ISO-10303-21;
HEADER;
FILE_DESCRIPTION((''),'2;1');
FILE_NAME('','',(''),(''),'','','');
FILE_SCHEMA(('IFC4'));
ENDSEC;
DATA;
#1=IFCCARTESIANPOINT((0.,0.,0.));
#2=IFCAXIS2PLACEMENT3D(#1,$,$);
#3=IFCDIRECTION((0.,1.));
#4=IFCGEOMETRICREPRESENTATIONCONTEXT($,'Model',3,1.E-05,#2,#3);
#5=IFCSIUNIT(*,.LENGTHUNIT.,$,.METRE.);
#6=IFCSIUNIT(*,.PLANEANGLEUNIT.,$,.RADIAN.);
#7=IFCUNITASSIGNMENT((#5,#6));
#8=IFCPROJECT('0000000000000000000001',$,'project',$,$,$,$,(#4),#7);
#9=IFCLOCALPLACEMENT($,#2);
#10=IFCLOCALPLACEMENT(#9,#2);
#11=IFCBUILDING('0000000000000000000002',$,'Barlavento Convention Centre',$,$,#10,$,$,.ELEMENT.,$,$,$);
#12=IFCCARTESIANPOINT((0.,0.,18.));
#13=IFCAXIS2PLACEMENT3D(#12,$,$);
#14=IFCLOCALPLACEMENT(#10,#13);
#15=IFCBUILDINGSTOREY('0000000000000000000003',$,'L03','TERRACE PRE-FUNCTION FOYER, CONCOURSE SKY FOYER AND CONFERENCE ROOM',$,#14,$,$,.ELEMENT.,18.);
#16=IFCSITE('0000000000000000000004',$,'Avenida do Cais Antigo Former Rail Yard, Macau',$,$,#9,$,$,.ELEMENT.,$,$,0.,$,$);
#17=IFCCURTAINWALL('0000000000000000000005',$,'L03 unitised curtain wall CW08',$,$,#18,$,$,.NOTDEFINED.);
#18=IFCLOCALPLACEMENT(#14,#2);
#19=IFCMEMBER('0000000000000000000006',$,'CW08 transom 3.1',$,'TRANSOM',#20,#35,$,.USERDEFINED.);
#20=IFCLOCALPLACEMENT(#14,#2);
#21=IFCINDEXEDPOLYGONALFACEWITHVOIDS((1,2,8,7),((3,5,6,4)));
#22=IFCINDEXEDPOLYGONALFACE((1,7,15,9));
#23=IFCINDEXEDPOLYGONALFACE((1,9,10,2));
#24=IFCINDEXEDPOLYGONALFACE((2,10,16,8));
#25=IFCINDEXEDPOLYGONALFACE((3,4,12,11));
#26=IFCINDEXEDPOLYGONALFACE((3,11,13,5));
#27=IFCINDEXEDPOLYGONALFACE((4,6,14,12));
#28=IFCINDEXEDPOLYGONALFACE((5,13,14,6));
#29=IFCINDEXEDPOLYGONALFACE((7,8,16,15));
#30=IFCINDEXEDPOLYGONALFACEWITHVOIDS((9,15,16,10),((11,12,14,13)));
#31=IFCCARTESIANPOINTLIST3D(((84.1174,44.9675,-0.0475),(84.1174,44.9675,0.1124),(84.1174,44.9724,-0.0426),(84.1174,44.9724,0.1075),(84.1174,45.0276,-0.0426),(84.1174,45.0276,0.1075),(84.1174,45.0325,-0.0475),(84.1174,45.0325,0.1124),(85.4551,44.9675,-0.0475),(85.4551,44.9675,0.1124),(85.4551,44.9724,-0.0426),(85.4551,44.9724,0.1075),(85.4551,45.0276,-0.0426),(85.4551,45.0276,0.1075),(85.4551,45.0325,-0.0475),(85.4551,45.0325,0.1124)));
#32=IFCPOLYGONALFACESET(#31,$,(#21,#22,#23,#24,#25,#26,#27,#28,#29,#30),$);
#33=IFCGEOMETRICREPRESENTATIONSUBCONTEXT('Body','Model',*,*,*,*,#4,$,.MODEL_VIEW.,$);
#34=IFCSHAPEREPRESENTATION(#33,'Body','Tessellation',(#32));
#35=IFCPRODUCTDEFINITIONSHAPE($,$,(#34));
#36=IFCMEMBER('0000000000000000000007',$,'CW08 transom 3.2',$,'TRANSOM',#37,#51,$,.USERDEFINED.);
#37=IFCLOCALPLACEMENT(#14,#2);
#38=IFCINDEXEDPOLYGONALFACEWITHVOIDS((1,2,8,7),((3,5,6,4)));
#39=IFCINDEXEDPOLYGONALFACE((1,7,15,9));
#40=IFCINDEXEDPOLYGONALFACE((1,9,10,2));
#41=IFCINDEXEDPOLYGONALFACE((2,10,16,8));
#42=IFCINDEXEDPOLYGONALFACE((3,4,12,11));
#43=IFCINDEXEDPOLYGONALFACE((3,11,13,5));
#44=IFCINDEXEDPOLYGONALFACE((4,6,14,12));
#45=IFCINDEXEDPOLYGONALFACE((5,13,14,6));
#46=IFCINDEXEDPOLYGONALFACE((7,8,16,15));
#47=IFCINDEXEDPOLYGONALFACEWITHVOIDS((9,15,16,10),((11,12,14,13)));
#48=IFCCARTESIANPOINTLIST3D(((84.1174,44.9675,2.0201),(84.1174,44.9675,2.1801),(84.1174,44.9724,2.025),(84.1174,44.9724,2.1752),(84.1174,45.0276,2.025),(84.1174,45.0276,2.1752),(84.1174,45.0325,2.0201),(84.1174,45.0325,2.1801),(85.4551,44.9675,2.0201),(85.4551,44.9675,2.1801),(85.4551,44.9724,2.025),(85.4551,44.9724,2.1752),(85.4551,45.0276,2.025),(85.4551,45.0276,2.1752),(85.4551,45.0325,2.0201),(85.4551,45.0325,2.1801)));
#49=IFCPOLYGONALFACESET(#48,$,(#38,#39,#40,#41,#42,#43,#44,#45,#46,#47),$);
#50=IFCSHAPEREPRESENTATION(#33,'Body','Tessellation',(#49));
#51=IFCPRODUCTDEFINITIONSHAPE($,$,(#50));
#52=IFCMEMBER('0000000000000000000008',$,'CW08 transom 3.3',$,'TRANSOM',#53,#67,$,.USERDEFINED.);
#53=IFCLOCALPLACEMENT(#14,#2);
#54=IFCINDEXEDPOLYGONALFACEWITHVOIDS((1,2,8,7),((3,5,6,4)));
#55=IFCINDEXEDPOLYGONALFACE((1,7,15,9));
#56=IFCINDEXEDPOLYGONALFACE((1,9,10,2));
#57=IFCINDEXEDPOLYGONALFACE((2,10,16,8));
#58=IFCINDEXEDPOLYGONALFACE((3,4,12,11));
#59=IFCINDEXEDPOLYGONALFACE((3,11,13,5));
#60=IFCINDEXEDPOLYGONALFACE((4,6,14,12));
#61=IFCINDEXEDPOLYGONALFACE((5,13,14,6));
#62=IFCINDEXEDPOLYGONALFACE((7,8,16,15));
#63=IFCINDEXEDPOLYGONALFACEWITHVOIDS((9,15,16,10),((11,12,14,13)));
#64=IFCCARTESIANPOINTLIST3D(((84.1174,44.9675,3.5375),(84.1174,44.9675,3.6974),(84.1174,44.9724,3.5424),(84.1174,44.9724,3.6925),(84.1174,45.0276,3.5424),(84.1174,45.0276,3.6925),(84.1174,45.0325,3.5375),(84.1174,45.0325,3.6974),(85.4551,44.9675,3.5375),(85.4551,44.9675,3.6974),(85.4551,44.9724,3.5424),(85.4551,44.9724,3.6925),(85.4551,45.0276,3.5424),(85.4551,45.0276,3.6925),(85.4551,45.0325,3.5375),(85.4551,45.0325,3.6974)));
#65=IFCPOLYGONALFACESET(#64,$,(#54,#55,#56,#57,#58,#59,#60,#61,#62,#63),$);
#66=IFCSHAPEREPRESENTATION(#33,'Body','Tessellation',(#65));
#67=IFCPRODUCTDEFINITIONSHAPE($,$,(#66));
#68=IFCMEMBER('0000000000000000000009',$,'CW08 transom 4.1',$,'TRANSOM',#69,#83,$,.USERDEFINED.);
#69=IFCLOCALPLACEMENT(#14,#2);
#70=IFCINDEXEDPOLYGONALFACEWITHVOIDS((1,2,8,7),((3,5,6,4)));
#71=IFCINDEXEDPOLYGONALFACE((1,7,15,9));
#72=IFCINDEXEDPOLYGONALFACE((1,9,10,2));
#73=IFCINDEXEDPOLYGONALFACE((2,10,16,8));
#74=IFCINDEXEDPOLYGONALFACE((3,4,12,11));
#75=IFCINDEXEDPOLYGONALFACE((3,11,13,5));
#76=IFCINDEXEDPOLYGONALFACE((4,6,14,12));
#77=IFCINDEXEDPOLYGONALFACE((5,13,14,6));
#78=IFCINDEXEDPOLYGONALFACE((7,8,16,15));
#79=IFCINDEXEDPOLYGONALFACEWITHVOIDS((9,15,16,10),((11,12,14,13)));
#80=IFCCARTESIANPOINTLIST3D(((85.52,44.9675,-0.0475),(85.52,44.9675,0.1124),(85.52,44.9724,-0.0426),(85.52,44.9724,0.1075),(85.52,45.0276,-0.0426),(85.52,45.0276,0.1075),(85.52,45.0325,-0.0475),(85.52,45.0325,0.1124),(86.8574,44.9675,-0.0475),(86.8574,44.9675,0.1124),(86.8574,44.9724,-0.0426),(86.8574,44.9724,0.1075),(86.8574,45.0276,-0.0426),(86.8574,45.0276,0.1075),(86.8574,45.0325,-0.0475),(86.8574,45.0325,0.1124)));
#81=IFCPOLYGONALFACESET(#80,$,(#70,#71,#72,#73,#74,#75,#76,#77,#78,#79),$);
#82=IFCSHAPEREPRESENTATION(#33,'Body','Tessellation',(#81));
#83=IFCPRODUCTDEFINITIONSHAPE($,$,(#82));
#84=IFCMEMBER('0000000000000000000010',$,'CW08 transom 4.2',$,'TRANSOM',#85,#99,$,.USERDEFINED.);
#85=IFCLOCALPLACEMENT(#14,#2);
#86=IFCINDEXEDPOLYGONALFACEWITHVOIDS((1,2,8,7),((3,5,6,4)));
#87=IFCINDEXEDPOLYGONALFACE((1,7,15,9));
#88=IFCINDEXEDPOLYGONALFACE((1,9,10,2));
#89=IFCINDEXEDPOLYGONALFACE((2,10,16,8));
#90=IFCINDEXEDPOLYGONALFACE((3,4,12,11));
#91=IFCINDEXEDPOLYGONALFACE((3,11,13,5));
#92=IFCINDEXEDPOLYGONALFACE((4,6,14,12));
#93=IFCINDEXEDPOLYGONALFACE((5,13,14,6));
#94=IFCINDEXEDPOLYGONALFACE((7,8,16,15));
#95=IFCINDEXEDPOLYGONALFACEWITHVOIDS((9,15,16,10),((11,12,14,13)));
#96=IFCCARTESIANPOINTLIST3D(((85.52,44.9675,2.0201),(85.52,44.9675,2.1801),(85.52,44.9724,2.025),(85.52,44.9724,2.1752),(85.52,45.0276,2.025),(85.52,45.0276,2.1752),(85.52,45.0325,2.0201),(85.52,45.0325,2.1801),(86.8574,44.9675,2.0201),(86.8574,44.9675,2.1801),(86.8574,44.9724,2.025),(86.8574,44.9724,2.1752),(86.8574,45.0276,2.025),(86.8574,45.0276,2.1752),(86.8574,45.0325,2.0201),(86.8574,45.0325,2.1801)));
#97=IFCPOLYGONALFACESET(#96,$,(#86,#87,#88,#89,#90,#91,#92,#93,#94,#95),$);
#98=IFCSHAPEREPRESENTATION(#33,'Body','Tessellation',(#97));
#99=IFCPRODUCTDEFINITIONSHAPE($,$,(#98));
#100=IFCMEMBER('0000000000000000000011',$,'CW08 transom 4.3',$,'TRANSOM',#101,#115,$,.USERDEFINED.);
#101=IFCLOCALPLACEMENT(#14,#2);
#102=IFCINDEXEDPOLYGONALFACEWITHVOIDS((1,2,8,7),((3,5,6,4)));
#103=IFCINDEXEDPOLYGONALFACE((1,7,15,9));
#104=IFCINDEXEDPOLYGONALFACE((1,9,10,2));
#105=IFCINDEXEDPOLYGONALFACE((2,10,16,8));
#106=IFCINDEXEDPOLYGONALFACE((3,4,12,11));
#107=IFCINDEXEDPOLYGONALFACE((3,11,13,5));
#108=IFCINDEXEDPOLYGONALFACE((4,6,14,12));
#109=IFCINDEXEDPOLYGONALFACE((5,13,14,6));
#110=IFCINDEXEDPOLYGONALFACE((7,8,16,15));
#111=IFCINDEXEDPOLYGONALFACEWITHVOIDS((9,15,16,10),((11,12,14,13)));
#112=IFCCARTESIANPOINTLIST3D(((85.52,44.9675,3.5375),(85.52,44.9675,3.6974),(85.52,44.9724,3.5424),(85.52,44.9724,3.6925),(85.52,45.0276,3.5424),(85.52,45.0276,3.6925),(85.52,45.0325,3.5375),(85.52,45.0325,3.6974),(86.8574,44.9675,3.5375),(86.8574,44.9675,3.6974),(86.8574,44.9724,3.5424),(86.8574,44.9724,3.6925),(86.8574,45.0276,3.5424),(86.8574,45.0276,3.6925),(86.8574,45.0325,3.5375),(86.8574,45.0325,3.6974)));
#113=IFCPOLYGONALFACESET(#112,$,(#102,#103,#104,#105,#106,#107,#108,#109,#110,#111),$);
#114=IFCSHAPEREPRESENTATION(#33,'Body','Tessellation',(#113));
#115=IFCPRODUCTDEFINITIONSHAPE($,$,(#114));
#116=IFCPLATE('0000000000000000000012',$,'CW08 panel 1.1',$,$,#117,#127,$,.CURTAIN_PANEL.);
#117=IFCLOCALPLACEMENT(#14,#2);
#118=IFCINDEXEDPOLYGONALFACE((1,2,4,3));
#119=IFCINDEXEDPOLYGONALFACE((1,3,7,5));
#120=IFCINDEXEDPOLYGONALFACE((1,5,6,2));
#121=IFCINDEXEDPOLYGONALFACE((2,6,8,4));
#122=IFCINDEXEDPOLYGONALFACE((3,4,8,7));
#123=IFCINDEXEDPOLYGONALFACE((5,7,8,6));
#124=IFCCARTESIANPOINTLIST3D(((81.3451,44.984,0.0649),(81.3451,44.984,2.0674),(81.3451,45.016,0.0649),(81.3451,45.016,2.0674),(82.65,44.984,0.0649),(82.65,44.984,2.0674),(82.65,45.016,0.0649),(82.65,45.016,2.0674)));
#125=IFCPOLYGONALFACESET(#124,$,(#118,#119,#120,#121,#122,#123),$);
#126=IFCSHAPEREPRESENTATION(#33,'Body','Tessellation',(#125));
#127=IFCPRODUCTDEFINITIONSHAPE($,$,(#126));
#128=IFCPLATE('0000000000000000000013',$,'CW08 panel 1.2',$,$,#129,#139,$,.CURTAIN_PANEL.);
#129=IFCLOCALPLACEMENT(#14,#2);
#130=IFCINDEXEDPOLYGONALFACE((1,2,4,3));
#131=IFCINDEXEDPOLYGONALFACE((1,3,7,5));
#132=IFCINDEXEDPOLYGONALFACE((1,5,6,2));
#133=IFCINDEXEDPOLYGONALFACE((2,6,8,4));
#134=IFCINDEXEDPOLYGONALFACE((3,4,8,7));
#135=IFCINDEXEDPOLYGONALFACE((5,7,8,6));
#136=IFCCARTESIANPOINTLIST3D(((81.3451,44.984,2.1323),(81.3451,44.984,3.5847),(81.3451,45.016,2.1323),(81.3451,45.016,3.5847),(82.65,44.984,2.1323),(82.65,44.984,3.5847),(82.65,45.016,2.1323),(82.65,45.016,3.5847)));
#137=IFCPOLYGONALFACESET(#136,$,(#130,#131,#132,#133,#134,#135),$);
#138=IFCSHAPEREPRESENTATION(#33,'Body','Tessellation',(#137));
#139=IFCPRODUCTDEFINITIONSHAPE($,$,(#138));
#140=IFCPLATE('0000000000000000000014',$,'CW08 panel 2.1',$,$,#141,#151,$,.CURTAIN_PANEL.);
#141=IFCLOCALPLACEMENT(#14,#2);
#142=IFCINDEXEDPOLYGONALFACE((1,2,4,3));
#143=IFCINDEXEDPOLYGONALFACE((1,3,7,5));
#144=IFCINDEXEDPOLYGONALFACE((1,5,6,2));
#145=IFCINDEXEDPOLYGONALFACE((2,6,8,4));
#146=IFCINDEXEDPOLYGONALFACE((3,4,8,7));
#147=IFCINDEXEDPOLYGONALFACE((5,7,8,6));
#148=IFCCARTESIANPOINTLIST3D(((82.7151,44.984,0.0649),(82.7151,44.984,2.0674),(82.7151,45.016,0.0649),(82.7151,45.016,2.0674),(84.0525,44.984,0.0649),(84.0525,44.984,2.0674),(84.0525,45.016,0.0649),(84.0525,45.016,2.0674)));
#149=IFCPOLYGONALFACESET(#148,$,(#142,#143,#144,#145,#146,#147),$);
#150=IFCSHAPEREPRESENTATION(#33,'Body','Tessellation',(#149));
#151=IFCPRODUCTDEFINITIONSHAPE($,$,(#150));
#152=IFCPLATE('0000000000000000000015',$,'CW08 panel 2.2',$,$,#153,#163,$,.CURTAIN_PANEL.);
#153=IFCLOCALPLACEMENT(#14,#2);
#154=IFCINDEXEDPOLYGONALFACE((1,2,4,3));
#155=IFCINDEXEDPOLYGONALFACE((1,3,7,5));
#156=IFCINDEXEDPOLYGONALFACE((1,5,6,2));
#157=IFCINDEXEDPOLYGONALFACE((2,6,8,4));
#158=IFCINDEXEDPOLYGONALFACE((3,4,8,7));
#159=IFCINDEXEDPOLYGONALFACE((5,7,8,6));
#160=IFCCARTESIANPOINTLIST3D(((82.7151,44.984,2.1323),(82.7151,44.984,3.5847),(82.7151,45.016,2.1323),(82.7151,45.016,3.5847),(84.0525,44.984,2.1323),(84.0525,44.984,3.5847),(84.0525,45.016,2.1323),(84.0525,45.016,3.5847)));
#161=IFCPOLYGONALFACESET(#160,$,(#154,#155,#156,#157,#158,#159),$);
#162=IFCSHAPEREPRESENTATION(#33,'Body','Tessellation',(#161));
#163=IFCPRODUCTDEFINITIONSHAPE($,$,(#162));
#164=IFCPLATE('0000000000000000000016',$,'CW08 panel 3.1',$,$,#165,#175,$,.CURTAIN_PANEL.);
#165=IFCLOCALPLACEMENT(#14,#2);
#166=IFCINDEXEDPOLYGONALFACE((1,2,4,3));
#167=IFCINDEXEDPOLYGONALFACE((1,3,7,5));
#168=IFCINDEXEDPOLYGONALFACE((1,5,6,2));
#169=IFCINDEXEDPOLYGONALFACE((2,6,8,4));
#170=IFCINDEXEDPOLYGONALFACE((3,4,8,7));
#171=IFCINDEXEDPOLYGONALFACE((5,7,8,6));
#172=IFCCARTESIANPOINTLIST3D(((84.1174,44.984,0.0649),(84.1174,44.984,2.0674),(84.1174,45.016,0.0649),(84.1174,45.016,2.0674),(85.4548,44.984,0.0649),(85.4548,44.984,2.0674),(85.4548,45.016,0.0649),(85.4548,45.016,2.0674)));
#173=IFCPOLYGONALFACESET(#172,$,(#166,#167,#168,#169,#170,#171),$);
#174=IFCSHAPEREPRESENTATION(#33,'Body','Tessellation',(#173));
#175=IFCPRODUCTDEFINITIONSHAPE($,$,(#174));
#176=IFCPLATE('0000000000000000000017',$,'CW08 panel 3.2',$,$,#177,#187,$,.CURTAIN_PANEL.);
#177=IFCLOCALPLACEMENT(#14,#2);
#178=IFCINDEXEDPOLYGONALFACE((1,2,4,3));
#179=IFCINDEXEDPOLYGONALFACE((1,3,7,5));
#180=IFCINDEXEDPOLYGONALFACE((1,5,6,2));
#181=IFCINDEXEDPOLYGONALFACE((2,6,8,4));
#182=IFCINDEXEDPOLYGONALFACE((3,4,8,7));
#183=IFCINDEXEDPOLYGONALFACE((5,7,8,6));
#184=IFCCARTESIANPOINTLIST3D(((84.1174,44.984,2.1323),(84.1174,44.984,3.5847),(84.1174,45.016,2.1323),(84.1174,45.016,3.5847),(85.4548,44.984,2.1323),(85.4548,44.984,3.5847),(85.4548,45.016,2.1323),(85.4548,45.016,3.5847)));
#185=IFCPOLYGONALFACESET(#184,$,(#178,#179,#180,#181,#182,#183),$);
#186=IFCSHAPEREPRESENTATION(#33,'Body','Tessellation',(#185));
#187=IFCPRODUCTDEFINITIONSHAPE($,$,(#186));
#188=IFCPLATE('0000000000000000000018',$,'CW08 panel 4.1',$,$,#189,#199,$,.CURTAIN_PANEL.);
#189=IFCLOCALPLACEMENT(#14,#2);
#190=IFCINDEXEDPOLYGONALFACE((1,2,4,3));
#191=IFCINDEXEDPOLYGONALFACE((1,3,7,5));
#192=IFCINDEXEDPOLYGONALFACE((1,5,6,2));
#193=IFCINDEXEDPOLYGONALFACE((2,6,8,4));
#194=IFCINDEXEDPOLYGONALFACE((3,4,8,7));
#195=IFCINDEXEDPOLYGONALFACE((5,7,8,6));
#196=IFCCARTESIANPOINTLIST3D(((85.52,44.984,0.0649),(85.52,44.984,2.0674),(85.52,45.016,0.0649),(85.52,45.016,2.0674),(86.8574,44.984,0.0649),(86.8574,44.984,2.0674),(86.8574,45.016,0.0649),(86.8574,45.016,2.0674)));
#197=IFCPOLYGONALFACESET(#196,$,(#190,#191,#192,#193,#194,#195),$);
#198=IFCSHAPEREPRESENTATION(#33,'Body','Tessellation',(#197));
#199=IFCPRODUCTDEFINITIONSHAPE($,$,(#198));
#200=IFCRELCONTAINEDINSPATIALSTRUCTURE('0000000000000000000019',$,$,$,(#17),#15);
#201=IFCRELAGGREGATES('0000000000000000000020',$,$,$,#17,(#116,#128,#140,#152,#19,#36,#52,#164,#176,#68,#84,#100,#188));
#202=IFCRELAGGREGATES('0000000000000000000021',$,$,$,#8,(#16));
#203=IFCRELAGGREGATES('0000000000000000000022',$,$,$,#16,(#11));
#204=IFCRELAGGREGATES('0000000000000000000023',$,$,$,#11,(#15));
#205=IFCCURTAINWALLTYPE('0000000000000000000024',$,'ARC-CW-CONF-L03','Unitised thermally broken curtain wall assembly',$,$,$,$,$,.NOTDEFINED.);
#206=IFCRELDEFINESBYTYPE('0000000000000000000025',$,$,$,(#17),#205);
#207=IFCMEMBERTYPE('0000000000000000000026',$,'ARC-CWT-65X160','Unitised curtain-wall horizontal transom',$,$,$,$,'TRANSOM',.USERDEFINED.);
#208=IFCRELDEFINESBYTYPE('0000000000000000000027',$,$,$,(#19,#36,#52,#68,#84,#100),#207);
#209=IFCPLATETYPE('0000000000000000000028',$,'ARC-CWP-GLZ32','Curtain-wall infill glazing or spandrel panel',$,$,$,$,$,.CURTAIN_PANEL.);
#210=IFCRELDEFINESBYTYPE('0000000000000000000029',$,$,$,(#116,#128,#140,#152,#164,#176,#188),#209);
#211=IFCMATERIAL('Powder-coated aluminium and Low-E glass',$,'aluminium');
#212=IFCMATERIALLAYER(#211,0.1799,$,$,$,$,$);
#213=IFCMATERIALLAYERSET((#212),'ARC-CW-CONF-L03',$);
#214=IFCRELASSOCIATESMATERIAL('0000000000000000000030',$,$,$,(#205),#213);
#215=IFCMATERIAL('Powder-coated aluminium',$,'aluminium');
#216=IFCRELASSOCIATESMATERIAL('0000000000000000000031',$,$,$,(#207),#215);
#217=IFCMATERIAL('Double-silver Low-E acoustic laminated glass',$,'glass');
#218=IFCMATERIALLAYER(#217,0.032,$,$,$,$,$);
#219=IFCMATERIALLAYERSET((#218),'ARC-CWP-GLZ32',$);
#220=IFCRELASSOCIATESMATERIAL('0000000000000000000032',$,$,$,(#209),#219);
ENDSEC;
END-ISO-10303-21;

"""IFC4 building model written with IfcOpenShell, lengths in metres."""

from ifc_helpers import new_model, si_unit, direction, frame, origin, origin_2d, place, context, subcontext, project, spatial, rectangle, hollow_rectangle, extrude, material, layer, layer_set, material_profile, profile_set, type_object, element, aggregate, save


model = new_model("IFC4")

# Units and contexts
model_context = context("Model", 3, precision=1e-05, world=origin(), true_north=direction((0.0, 1.0)))
body_context = subcontext(model_context, "Body", "Model", "MODEL_VIEW")
ifc_project = project(units=[si_unit("LENGTHUNIT", "METRE"), si_unit("PLANEANGLEUNIT", "RADIAN")], contexts=[model_context])

# Site, building, storey
site_placement = place(None, origin())
site = spatial("IfcSite", under=ifc_project, at=site_placement, Name="Avenida do Cais Antigo Former Rail Yard, Macau", CompositionType="ELEMENT", RefElevation=0.0)
building_placement = place(site_placement, origin())
building = spatial("IfcBuilding", under=site, at=building_placement, Name="Barlavento Convention Centre", CompositionType="ELEMENT")
storey_placement = place(building_placement, frame((0.0, 0.0, 18.0)))
storey = spatial("IfcBuildingStorey", under=building, at=storey_placement, Name="L03", Description="TERRACE PRE-FUNCTION FOYER, CONCOURSE SKY FOYER AND CONFERENCE ROOM", CompositionType="ELEMENT", Elevation=18.0)

# Curtain wall, members, plates
ifc_material_1 = material(Name="Powder-coated aluminium and Low-E glass", Category="aluminium")
ifc_layer_1 = layer(ifc_material_1, 0.1799)
ifc_layer_set_1 = layer_set([ifc_layer_1], Name="ARC-CW-CONF-L03")
curtain_wall_type = type_object("IfcCurtainWallType", Name="ARC-CW-CONF-L03", Description="Unitised thermally broken curtain wall assembly", PredefinedType="NOTDEFINED", material=ifc_layer_set_1)
curtain_wall_placement = place(storey_placement, origin())
curtain_wall = element("IfcCurtainWall", 1, at=curtain_wall_placement, inside=storey, type_object=curtain_wall_type, Name="L03 unitised curtain wall CW08", PredefinedType="NOTDEFINED")
ifc_material_2 = material(Name="Powder-coated aluminium", Category="aluminium")
ifc_material_profile_1 = material_profile(ifc_material_2, hollow_rectangle(XDim=0.0649, YDim=0.1599, WallThickness=0.0049, at=origin_2d()), Name="AL-TRAN 65x160x5")
ifc_profile_set_1 = profile_set([ifc_material_profile_1], Name="Powder-coated aluminium")
member_type_1 = type_object("IfcMemberType", Name="ARC-CWT-65X160", Description="Unitised curtain-wall horizontal transom", ElementType="TRANSOM", PredefinedType="USERDEFINED", material=ifc_profile_set_1)
member_1_placement = place(storey_placement, frame((84.1174, 45.0, 0.0325), z_axis=(1.0, 0.0, 0.0), x_axis=(0.0, 1.0, 0.0)))
member_1 = element("IfcMember", 2, at=member_1_placement, type_object=member_type_1, Name="CW08 transom 3.1", ObjectType="TRANSOM", PredefinedType="USERDEFINED", context=body_context, shape_type="SweptSolid", body=[
    extrude(hollow_rectangle(XDim=0.0649, YDim=0.1599, WallThickness=0.0049, at=origin_2d()), origin(), (0.0, 0.0, 1.0), 1.3376),
])
member_2_placement = place(storey_placement, frame((84.1174, 45.0, 2.1001), z_axis=(1.0, 0.0, 0.0), x_axis=(0.0, 1.0, 0.0)))
member_2 = element("IfcMember", 3, at=member_2_placement, type_object=member_type_1, Name="CW08 transom 3.2", ObjectType="TRANSOM", PredefinedType="USERDEFINED", context=body_context, shape_type="SweptSolid", body=[
    extrude(hollow_rectangle(XDim=0.0649, YDim=0.1599, WallThickness=0.0049, at=origin_2d()), origin(), (0.0, 0.0, 1.0), 1.3376),
])
member_3_placement = place(storey_placement, frame((84.1174, 45.0, 3.6174), z_axis=(1.0, 0.0, 0.0), x_axis=(0.0, 1.0, 0.0)))
member_3 = element("IfcMember", 4, at=member_3_placement, type_object=member_type_1, Name="CW08 transom 3.3", ObjectType="TRANSOM", PredefinedType="USERDEFINED", context=body_context, shape_type="SweptSolid", body=[
    extrude(hollow_rectangle(XDim=0.0649, YDim=0.1599, WallThickness=0.0049, at=origin_2d()), origin(), (0.0, 0.0, 1.0), 1.3376),
])
member_4_placement = place(storey_placement, frame((85.52, 45.0, 0.0325), z_axis=(1.0, 0.0, 0.0), x_axis=(0.0, 1.0, 0.0)))
member_4 = element("IfcMember", 5, at=member_4_placement, type_object=member_type_1, Name="CW08 transom 4.1", ObjectType="TRANSOM", PredefinedType="USERDEFINED", context=body_context, shape_type="SweptSolid", body=[
    extrude(hollow_rectangle(XDim=0.0649, YDim=0.1599, WallThickness=0.0049, at=origin_2d()), origin(), (0.0, 0.0, 1.0), 1.3374),
])
member_5_placement = place(storey_placement, frame((85.52, 45.0, 2.1001), z_axis=(1.0, 0.0, 0.0), x_axis=(0.0, 1.0, 0.0)))
member_5 = element("IfcMember", 6, at=member_5_placement, type_object=member_type_1, Name="CW08 transom 4.2", ObjectType="TRANSOM", PredefinedType="USERDEFINED", context=body_context, shape_type="SweptSolid", body=[
    extrude(hollow_rectangle(XDim=0.0649, YDim=0.1599, WallThickness=0.0049, at=origin_2d()), origin(), (0.0, 0.0, 1.0), 1.3374),
])
member_6_placement = place(storey_placement, frame((85.52, 45.0, 3.6174), z_axis=(1.0, 0.0, 0.0), x_axis=(0.0, 1.0, 0.0)))
member_6 = element("IfcMember", 7, at=member_6_placement, type_object=member_type_1, Name="CW08 transom 4.3", ObjectType="TRANSOM", PredefinedType="USERDEFINED", context=body_context, shape_type="SweptSolid", body=[
    extrude(hollow_rectangle(XDim=0.0649, YDim=0.1599, WallThickness=0.0049, at=origin_2d()), origin(), (0.0, 0.0, 1.0), 1.3374),
])
ifc_material_3 = material(Name="Double-silver Low-E acoustic laminated glass", Category="glass")
ifc_layer_2 = layer(ifc_material_3, 0.032)
ifc_layer_set_2 = layer_set([ifc_layer_2], Name="ARC-CWP-GLZ32")
plate_type = type_object("IfcPlateType", Name="ARC-CWP-GLZ32", Description="Curtain-wall infill glazing or spandrel panel", PredefinedType="CURTAIN_PANEL", material=ifc_layer_set_2)
plate_1_placement = place(storey_placement, frame((81.9976, 45.0, 0.0649), z_axis=(0.0, 0.0, 1.0), x_axis=(1.0, 0.0, 0.0)))
plate_1 = element("IfcPlate", 8, at=plate_1_placement, type_object=plate_type, Name="CW08 panel 1.1", PredefinedType="CURTAIN_PANEL", context=body_context, shape_type="SweptSolid", body=[
    extrude(rectangle(XDim=1.3049, YDim=0.032, at=origin_2d()), origin(), (0.0, 0.0, 1.0), 2.0024),
])
plate_2_placement = place(storey_placement, frame((81.9976, 45.0, 2.1323), z_axis=(0.0, 0.0, 1.0), x_axis=(1.0, 0.0, 0.0)))
plate_2 = element("IfcPlate", 9, at=plate_2_placement, type_object=plate_type, Name="CW08 panel 1.2", PredefinedType="CURTAIN_PANEL", context=body_context, shape_type="SweptSolid", body=[
    extrude(rectangle(XDim=1.3049, YDim=0.032, at=origin_2d()), origin(), (0.0, 0.0, 1.0), 1.4524),
])
plate_3_placement = place(storey_placement, frame((83.3838, 45.0, 0.0649), z_axis=(0.0, 0.0, 1.0), x_axis=(1.0, 0.0, 0.0)))
plate_3 = element("IfcPlate", 10, at=plate_3_placement, type_object=plate_type, Name="CW08 panel 2.1", PredefinedType="CURTAIN_PANEL", context=body_context, shape_type="SweptSolid", body=[
    extrude(rectangle(XDim=1.3374, YDim=0.032, at=origin_2d()), origin(), (0.0, 0.0, 1.0), 2.0024),
])
plate_4_placement = place(storey_placement, frame((83.3838, 45.0, 2.1323), z_axis=(0.0, 0.0, 1.0), x_axis=(1.0, 0.0, 0.0)))
plate_4 = element("IfcPlate", 11, at=plate_4_placement, type_object=plate_type, Name="CW08 panel 2.2", PredefinedType="CURTAIN_PANEL", context=body_context, shape_type="SweptSolid", body=[
    extrude(rectangle(XDim=1.3374, YDim=0.032, at=origin_2d()), origin(), (0.0, 0.0, 1.0), 1.4524),
])
plate_5_placement = place(storey_placement, frame((84.7861, 45.0, 0.0649), z_axis=(0.0, 0.0, 1.0), x_axis=(1.0, 0.0, 0.0)))
plate_5 = element("IfcPlate", 12, at=plate_5_placement, type_object=plate_type, Name="CW08 panel 3.1", PredefinedType="CURTAIN_PANEL", context=body_context, shape_type="SweptSolid", body=[
    extrude(rectangle(XDim=1.3374, YDim=0.032, at=origin_2d()), origin(), (0.0, 0.0, 1.0), 2.0024),
])
plate_6_placement = place(storey_placement, frame((84.7861, 45.0, 2.1323), z_axis=(0.0, 0.0, 1.0), x_axis=(1.0, 0.0, 0.0)))
plate_6 = element("IfcPlate", 13, at=plate_6_placement, type_object=plate_type, Name="CW08 panel 3.2", PredefinedType="CURTAIN_PANEL", context=body_context, shape_type="SweptSolid", body=[
    extrude(rectangle(XDim=1.3374, YDim=0.032, at=origin_2d()), origin(), (0.0, 0.0, 1.0), 1.4524),
])
plate_7_placement = place(storey_placement, frame((86.1887, 45.0, 0.0649), z_axis=(0.0, 0.0, 1.0), x_axis=(1.0, 0.0, 0.0)))
plate_7 = element("IfcPlate", 14, at=plate_7_placement, type_object=plate_type, Name="CW08 panel 4.1", PredefinedType="CURTAIN_PANEL", context=body_context, shape_type="SweptSolid", body=[
    extrude(rectangle(XDim=1.3374, YDim=0.032, at=origin_2d()), origin(), (0.0, 0.0, 1.0), 2.0024),
])
aggregate(curtain_wall, [plate_1, plate_2, plate_3, plate_4, member_1, member_2, member_3, plate_5, plate_6, member_4, member_5, member_6, plate_7])

save(model, "model.ifc")
